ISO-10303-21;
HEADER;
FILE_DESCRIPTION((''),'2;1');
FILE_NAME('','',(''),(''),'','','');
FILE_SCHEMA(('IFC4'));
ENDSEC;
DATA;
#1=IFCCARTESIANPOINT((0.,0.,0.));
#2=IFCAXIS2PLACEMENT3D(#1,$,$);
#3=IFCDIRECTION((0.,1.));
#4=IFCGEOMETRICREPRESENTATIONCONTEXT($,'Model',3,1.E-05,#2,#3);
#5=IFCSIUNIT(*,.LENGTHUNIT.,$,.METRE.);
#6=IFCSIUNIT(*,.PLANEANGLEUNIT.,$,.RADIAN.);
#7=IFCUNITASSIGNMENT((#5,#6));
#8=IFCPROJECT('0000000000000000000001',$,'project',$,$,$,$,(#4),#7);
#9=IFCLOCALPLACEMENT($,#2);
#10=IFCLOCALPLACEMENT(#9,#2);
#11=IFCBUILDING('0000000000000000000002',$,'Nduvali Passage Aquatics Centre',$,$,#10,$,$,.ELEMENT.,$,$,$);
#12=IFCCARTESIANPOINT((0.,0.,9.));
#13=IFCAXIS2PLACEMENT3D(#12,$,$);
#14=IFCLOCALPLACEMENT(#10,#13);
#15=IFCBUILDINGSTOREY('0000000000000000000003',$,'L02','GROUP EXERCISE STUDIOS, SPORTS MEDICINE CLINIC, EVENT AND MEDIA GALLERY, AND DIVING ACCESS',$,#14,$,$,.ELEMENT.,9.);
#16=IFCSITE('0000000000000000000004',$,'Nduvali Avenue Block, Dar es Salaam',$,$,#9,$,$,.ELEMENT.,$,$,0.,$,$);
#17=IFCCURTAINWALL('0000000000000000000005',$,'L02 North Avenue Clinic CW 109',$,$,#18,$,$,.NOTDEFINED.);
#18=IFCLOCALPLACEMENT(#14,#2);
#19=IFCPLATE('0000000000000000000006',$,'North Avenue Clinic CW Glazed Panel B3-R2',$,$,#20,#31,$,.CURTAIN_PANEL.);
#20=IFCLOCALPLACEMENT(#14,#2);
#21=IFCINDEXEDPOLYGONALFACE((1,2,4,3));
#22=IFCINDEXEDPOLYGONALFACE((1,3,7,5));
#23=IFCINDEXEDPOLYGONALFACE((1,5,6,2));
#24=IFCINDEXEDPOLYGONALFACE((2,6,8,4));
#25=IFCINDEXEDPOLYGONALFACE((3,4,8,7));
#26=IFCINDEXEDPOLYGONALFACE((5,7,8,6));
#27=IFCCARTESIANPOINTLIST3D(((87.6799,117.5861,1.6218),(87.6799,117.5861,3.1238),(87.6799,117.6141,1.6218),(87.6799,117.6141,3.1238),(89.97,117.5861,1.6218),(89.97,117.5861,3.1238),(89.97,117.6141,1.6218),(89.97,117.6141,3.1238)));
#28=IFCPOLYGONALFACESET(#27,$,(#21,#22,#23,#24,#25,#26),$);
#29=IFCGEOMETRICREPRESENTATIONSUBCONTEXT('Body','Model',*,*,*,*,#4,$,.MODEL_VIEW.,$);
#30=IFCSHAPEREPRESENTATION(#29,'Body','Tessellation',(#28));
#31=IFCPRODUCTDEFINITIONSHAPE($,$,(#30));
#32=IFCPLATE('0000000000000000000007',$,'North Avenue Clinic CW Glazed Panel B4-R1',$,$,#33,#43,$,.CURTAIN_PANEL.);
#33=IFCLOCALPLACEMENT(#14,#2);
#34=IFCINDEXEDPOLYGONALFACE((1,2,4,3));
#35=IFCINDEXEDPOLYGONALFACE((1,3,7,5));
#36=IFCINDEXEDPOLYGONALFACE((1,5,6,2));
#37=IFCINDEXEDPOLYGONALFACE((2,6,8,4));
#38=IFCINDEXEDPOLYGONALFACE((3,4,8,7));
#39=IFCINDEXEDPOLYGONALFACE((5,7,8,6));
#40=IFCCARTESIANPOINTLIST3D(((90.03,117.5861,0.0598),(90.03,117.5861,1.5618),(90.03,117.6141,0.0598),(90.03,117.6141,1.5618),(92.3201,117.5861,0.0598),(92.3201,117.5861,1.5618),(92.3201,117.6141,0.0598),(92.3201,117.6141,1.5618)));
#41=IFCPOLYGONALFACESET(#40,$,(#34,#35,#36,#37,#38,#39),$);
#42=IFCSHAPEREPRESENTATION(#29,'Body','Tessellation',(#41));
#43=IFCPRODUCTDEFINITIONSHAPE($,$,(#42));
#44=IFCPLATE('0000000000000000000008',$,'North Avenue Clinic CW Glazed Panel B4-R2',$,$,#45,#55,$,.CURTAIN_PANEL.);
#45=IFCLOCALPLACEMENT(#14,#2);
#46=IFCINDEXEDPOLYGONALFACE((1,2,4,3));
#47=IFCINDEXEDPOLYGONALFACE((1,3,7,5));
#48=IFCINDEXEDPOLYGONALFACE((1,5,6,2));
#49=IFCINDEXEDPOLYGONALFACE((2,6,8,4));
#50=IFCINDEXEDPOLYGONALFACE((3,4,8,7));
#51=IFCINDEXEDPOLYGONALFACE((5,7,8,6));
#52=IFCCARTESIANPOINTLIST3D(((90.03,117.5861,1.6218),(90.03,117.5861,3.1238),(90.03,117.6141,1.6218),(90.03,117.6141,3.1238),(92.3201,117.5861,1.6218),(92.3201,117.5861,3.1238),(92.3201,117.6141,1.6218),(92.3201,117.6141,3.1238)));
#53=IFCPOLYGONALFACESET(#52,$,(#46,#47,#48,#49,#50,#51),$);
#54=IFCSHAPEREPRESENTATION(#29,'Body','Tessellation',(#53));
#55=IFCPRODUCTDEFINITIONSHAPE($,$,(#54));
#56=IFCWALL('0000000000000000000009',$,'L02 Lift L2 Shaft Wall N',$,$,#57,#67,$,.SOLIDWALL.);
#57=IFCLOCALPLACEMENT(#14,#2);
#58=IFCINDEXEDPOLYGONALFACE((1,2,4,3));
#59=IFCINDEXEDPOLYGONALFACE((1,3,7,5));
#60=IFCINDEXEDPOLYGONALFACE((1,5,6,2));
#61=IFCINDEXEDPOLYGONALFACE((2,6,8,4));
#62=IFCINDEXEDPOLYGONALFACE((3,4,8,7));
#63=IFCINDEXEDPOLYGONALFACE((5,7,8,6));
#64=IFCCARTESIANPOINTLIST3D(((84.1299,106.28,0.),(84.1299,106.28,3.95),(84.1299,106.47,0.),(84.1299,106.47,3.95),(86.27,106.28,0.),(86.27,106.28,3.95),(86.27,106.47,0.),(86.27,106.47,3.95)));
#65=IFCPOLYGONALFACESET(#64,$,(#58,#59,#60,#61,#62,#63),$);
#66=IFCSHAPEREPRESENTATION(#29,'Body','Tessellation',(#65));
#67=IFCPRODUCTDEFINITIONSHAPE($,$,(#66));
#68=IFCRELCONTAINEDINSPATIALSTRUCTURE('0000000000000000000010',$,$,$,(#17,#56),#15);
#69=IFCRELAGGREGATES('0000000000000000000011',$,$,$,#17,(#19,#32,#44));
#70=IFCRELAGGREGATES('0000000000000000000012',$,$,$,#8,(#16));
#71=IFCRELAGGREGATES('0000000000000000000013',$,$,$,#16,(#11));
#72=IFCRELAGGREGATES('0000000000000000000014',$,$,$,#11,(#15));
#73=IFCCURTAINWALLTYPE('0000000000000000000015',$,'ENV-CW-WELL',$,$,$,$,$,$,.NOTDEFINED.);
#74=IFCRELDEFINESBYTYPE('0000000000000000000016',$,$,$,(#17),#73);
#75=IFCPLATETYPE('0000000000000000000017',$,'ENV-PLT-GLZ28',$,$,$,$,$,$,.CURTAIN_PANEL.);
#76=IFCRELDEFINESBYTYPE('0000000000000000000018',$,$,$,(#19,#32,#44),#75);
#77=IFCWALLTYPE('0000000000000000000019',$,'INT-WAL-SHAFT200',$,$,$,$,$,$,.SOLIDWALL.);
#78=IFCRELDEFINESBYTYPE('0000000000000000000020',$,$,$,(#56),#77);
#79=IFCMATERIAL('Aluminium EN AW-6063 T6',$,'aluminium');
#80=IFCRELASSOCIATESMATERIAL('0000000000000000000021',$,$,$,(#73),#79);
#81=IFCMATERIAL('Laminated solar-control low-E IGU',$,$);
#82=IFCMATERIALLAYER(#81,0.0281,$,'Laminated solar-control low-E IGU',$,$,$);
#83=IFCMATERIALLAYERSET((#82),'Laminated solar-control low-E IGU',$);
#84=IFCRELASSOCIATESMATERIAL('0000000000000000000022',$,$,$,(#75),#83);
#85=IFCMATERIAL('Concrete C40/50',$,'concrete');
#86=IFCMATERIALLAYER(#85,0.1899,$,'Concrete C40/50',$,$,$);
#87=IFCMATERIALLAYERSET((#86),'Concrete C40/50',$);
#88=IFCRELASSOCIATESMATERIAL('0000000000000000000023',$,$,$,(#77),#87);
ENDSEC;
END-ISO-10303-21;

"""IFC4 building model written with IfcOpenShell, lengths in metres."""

from ifc_helpers import new_model, si_unit, direction, frame, frame_2d, origin, origin_2d, place, context, subcontext, project, spatial, rectangle, extrude, material, layer, layer_set, type_object, element, aggregate, save


model = new_model("IFC4")

# Units and contexts
model_context = context("Model", 3, precision=1e-05, world=origin(), true_north=direction((0.0, 1.0)))
body_context = subcontext(model_context, "Body", "Model", "MODEL_VIEW")
ifc_project = project(units=[si_unit("LENGTHUNIT", "METRE"), si_unit("PLANEANGLEUNIT", "RADIAN")], contexts=[model_context])

# Site, building, storey
site_placement = place(None, origin())
site = spatial("IfcSite", under=ifc_project, at=site_placement, Name="Nduvali Avenue Block, Dar es Salaam", CompositionType="ELEMENT", RefElevation=0.0)
building_placement = place(site_placement, origin())
building = spatial("IfcBuilding", under=site, at=building_placement, Name="Nduvali Passage Aquatics Centre", CompositionType="ELEMENT")
storey_placement = place(building_placement, frame((0.0, 0.0, 9.0)))
storey = spatial("IfcBuildingStorey", under=building, at=storey_placement, Name="L02", Description="GROUP EXERCISE STUDIOS, SPORTS MEDICINE CLINIC, EVENT AND MEDIA GALLERY, AND DIVING ACCESS", CompositionType="ELEMENT", Elevation=9.0)

# Curtain wall
ifc_material_1 = material(Name="Aluminium EN AW-6063 T6", Category="aluminium")
curtain_wall_type = type_object("IfcCurtainWallType", Name="ENV-CW-WELL", PredefinedType="NOTDEFINED", material=ifc_material_1)
curtain_wall_placement = place(storey_placement, origin())
curtain_wall = element("IfcCurtainWall", 1, at=curtain_wall_placement, inside=storey, type_object=curtain_wall_type, Name="L02 North Avenue Clinic CW 109", PredefinedType="NOTDEFINED")

# Plates
ifc_material_2 = material(Name="Laminated solar-control low-E IGU")
ifc_layer_1 = layer(ifc_material_2, 0.0281, Name="Laminated solar-control low-E IGU")
ifc_layer_set_1 = layer_set([ifc_layer_1], Name="Laminated solar-control low-E IGU")
plate_type = type_object("IfcPlateType", Name="ENV-PLT-GLZ28", PredefinedType="CURTAIN_PANEL", material=ifc_layer_set_1)
plate_1_placement = place(storey_placement, frame((88.825, 117.6001, 1.6218), z_axis=(0.0, 0.0, 1.0), x_axis=(1.0, 0.0, 0.0)))
plate_1 = element("IfcPlate", 2, at=plate_1_placement, type_object=plate_type, Name="North Avenue Clinic CW Glazed Panel B3-R2", PredefinedType="CURTAIN_PANEL", context=body_context, shape_type="SweptSolid", body=[
    extrude(rectangle(XDim=2.29, YDim=0.0281, at=origin_2d()), origin(), (0.0, 0.0, 1.0), 1.502),
])
plate_2_placement = place(storey_placement, frame((91.175, 117.6001, 0.0598), z_axis=(0.0, 0.0, 1.0), x_axis=(1.0, 0.0, 0.0)))
plate_2 = element("IfcPlate", 3, at=plate_2_placement, type_object=plate_type, Name="North Avenue Clinic CW Glazed Panel B4-R1", PredefinedType="CURTAIN_PANEL", context=body_context, shape_type="SweptSolid", body=[
    extrude(rectangle(XDim=2.29, YDim=0.0281, at=origin_2d()), origin(), (0.0, 0.0, 1.0), 1.502),
])
plate_3_placement = place(storey_placement, frame((91.175, 117.6001, 1.6218), z_axis=(0.0, 0.0, 1.0), x_axis=(1.0, 0.0, 0.0)))
plate_3 = element("IfcPlate", 4, at=plate_3_placement, type_object=plate_type, Name="North Avenue Clinic CW Glazed Panel B4-R2", PredefinedType="CURTAIN_PANEL", context=body_context, shape_type="SweptSolid", body=[
    extrude(rectangle(XDim=2.29, YDim=0.0281, at=origin_2d()), origin(), (0.0, 0.0, 1.0), 1.502),
])
aggregate(curtain_wall, [plate_1, plate_2, plate_3])

# Wall
ifc_material_3 = material(Name="Concrete C40/50", Category="concrete")
ifc_layer_2 = layer(ifc_material_3, 0.1899, Name="Concrete C40/50")
ifc_layer_set_2 = layer_set([ifc_layer_2], Name="Concrete C40/50")
wall_type = type_object("IfcWallType", Name="INT-WAL-SHAFT200", PredefinedType="SOLIDWALL", material=ifc_layer_set_2)
wall_placement = place(storey_placement, frame((86.27, 106.375, 0.0), z_axis=(0.0, 0.0, 1.0), x_axis=(-1.0, 0.0, 0.0)))
element("IfcWall", 5, at=wall_placement, inside=storey, type_object=wall_type, Name="L02 Lift L2 Shaft Wall N", PredefinedType="SOLIDWALL", context=body_context, shape_type="SweptSolid", body=[
    extrude(rectangle(XDim=2.1401, YDim=0.1899, at=frame_2d((1.0701, 0.0))), origin(), (0.0, 0.0, 1.0), 3.95),
])

save(model, "model.ifc")
